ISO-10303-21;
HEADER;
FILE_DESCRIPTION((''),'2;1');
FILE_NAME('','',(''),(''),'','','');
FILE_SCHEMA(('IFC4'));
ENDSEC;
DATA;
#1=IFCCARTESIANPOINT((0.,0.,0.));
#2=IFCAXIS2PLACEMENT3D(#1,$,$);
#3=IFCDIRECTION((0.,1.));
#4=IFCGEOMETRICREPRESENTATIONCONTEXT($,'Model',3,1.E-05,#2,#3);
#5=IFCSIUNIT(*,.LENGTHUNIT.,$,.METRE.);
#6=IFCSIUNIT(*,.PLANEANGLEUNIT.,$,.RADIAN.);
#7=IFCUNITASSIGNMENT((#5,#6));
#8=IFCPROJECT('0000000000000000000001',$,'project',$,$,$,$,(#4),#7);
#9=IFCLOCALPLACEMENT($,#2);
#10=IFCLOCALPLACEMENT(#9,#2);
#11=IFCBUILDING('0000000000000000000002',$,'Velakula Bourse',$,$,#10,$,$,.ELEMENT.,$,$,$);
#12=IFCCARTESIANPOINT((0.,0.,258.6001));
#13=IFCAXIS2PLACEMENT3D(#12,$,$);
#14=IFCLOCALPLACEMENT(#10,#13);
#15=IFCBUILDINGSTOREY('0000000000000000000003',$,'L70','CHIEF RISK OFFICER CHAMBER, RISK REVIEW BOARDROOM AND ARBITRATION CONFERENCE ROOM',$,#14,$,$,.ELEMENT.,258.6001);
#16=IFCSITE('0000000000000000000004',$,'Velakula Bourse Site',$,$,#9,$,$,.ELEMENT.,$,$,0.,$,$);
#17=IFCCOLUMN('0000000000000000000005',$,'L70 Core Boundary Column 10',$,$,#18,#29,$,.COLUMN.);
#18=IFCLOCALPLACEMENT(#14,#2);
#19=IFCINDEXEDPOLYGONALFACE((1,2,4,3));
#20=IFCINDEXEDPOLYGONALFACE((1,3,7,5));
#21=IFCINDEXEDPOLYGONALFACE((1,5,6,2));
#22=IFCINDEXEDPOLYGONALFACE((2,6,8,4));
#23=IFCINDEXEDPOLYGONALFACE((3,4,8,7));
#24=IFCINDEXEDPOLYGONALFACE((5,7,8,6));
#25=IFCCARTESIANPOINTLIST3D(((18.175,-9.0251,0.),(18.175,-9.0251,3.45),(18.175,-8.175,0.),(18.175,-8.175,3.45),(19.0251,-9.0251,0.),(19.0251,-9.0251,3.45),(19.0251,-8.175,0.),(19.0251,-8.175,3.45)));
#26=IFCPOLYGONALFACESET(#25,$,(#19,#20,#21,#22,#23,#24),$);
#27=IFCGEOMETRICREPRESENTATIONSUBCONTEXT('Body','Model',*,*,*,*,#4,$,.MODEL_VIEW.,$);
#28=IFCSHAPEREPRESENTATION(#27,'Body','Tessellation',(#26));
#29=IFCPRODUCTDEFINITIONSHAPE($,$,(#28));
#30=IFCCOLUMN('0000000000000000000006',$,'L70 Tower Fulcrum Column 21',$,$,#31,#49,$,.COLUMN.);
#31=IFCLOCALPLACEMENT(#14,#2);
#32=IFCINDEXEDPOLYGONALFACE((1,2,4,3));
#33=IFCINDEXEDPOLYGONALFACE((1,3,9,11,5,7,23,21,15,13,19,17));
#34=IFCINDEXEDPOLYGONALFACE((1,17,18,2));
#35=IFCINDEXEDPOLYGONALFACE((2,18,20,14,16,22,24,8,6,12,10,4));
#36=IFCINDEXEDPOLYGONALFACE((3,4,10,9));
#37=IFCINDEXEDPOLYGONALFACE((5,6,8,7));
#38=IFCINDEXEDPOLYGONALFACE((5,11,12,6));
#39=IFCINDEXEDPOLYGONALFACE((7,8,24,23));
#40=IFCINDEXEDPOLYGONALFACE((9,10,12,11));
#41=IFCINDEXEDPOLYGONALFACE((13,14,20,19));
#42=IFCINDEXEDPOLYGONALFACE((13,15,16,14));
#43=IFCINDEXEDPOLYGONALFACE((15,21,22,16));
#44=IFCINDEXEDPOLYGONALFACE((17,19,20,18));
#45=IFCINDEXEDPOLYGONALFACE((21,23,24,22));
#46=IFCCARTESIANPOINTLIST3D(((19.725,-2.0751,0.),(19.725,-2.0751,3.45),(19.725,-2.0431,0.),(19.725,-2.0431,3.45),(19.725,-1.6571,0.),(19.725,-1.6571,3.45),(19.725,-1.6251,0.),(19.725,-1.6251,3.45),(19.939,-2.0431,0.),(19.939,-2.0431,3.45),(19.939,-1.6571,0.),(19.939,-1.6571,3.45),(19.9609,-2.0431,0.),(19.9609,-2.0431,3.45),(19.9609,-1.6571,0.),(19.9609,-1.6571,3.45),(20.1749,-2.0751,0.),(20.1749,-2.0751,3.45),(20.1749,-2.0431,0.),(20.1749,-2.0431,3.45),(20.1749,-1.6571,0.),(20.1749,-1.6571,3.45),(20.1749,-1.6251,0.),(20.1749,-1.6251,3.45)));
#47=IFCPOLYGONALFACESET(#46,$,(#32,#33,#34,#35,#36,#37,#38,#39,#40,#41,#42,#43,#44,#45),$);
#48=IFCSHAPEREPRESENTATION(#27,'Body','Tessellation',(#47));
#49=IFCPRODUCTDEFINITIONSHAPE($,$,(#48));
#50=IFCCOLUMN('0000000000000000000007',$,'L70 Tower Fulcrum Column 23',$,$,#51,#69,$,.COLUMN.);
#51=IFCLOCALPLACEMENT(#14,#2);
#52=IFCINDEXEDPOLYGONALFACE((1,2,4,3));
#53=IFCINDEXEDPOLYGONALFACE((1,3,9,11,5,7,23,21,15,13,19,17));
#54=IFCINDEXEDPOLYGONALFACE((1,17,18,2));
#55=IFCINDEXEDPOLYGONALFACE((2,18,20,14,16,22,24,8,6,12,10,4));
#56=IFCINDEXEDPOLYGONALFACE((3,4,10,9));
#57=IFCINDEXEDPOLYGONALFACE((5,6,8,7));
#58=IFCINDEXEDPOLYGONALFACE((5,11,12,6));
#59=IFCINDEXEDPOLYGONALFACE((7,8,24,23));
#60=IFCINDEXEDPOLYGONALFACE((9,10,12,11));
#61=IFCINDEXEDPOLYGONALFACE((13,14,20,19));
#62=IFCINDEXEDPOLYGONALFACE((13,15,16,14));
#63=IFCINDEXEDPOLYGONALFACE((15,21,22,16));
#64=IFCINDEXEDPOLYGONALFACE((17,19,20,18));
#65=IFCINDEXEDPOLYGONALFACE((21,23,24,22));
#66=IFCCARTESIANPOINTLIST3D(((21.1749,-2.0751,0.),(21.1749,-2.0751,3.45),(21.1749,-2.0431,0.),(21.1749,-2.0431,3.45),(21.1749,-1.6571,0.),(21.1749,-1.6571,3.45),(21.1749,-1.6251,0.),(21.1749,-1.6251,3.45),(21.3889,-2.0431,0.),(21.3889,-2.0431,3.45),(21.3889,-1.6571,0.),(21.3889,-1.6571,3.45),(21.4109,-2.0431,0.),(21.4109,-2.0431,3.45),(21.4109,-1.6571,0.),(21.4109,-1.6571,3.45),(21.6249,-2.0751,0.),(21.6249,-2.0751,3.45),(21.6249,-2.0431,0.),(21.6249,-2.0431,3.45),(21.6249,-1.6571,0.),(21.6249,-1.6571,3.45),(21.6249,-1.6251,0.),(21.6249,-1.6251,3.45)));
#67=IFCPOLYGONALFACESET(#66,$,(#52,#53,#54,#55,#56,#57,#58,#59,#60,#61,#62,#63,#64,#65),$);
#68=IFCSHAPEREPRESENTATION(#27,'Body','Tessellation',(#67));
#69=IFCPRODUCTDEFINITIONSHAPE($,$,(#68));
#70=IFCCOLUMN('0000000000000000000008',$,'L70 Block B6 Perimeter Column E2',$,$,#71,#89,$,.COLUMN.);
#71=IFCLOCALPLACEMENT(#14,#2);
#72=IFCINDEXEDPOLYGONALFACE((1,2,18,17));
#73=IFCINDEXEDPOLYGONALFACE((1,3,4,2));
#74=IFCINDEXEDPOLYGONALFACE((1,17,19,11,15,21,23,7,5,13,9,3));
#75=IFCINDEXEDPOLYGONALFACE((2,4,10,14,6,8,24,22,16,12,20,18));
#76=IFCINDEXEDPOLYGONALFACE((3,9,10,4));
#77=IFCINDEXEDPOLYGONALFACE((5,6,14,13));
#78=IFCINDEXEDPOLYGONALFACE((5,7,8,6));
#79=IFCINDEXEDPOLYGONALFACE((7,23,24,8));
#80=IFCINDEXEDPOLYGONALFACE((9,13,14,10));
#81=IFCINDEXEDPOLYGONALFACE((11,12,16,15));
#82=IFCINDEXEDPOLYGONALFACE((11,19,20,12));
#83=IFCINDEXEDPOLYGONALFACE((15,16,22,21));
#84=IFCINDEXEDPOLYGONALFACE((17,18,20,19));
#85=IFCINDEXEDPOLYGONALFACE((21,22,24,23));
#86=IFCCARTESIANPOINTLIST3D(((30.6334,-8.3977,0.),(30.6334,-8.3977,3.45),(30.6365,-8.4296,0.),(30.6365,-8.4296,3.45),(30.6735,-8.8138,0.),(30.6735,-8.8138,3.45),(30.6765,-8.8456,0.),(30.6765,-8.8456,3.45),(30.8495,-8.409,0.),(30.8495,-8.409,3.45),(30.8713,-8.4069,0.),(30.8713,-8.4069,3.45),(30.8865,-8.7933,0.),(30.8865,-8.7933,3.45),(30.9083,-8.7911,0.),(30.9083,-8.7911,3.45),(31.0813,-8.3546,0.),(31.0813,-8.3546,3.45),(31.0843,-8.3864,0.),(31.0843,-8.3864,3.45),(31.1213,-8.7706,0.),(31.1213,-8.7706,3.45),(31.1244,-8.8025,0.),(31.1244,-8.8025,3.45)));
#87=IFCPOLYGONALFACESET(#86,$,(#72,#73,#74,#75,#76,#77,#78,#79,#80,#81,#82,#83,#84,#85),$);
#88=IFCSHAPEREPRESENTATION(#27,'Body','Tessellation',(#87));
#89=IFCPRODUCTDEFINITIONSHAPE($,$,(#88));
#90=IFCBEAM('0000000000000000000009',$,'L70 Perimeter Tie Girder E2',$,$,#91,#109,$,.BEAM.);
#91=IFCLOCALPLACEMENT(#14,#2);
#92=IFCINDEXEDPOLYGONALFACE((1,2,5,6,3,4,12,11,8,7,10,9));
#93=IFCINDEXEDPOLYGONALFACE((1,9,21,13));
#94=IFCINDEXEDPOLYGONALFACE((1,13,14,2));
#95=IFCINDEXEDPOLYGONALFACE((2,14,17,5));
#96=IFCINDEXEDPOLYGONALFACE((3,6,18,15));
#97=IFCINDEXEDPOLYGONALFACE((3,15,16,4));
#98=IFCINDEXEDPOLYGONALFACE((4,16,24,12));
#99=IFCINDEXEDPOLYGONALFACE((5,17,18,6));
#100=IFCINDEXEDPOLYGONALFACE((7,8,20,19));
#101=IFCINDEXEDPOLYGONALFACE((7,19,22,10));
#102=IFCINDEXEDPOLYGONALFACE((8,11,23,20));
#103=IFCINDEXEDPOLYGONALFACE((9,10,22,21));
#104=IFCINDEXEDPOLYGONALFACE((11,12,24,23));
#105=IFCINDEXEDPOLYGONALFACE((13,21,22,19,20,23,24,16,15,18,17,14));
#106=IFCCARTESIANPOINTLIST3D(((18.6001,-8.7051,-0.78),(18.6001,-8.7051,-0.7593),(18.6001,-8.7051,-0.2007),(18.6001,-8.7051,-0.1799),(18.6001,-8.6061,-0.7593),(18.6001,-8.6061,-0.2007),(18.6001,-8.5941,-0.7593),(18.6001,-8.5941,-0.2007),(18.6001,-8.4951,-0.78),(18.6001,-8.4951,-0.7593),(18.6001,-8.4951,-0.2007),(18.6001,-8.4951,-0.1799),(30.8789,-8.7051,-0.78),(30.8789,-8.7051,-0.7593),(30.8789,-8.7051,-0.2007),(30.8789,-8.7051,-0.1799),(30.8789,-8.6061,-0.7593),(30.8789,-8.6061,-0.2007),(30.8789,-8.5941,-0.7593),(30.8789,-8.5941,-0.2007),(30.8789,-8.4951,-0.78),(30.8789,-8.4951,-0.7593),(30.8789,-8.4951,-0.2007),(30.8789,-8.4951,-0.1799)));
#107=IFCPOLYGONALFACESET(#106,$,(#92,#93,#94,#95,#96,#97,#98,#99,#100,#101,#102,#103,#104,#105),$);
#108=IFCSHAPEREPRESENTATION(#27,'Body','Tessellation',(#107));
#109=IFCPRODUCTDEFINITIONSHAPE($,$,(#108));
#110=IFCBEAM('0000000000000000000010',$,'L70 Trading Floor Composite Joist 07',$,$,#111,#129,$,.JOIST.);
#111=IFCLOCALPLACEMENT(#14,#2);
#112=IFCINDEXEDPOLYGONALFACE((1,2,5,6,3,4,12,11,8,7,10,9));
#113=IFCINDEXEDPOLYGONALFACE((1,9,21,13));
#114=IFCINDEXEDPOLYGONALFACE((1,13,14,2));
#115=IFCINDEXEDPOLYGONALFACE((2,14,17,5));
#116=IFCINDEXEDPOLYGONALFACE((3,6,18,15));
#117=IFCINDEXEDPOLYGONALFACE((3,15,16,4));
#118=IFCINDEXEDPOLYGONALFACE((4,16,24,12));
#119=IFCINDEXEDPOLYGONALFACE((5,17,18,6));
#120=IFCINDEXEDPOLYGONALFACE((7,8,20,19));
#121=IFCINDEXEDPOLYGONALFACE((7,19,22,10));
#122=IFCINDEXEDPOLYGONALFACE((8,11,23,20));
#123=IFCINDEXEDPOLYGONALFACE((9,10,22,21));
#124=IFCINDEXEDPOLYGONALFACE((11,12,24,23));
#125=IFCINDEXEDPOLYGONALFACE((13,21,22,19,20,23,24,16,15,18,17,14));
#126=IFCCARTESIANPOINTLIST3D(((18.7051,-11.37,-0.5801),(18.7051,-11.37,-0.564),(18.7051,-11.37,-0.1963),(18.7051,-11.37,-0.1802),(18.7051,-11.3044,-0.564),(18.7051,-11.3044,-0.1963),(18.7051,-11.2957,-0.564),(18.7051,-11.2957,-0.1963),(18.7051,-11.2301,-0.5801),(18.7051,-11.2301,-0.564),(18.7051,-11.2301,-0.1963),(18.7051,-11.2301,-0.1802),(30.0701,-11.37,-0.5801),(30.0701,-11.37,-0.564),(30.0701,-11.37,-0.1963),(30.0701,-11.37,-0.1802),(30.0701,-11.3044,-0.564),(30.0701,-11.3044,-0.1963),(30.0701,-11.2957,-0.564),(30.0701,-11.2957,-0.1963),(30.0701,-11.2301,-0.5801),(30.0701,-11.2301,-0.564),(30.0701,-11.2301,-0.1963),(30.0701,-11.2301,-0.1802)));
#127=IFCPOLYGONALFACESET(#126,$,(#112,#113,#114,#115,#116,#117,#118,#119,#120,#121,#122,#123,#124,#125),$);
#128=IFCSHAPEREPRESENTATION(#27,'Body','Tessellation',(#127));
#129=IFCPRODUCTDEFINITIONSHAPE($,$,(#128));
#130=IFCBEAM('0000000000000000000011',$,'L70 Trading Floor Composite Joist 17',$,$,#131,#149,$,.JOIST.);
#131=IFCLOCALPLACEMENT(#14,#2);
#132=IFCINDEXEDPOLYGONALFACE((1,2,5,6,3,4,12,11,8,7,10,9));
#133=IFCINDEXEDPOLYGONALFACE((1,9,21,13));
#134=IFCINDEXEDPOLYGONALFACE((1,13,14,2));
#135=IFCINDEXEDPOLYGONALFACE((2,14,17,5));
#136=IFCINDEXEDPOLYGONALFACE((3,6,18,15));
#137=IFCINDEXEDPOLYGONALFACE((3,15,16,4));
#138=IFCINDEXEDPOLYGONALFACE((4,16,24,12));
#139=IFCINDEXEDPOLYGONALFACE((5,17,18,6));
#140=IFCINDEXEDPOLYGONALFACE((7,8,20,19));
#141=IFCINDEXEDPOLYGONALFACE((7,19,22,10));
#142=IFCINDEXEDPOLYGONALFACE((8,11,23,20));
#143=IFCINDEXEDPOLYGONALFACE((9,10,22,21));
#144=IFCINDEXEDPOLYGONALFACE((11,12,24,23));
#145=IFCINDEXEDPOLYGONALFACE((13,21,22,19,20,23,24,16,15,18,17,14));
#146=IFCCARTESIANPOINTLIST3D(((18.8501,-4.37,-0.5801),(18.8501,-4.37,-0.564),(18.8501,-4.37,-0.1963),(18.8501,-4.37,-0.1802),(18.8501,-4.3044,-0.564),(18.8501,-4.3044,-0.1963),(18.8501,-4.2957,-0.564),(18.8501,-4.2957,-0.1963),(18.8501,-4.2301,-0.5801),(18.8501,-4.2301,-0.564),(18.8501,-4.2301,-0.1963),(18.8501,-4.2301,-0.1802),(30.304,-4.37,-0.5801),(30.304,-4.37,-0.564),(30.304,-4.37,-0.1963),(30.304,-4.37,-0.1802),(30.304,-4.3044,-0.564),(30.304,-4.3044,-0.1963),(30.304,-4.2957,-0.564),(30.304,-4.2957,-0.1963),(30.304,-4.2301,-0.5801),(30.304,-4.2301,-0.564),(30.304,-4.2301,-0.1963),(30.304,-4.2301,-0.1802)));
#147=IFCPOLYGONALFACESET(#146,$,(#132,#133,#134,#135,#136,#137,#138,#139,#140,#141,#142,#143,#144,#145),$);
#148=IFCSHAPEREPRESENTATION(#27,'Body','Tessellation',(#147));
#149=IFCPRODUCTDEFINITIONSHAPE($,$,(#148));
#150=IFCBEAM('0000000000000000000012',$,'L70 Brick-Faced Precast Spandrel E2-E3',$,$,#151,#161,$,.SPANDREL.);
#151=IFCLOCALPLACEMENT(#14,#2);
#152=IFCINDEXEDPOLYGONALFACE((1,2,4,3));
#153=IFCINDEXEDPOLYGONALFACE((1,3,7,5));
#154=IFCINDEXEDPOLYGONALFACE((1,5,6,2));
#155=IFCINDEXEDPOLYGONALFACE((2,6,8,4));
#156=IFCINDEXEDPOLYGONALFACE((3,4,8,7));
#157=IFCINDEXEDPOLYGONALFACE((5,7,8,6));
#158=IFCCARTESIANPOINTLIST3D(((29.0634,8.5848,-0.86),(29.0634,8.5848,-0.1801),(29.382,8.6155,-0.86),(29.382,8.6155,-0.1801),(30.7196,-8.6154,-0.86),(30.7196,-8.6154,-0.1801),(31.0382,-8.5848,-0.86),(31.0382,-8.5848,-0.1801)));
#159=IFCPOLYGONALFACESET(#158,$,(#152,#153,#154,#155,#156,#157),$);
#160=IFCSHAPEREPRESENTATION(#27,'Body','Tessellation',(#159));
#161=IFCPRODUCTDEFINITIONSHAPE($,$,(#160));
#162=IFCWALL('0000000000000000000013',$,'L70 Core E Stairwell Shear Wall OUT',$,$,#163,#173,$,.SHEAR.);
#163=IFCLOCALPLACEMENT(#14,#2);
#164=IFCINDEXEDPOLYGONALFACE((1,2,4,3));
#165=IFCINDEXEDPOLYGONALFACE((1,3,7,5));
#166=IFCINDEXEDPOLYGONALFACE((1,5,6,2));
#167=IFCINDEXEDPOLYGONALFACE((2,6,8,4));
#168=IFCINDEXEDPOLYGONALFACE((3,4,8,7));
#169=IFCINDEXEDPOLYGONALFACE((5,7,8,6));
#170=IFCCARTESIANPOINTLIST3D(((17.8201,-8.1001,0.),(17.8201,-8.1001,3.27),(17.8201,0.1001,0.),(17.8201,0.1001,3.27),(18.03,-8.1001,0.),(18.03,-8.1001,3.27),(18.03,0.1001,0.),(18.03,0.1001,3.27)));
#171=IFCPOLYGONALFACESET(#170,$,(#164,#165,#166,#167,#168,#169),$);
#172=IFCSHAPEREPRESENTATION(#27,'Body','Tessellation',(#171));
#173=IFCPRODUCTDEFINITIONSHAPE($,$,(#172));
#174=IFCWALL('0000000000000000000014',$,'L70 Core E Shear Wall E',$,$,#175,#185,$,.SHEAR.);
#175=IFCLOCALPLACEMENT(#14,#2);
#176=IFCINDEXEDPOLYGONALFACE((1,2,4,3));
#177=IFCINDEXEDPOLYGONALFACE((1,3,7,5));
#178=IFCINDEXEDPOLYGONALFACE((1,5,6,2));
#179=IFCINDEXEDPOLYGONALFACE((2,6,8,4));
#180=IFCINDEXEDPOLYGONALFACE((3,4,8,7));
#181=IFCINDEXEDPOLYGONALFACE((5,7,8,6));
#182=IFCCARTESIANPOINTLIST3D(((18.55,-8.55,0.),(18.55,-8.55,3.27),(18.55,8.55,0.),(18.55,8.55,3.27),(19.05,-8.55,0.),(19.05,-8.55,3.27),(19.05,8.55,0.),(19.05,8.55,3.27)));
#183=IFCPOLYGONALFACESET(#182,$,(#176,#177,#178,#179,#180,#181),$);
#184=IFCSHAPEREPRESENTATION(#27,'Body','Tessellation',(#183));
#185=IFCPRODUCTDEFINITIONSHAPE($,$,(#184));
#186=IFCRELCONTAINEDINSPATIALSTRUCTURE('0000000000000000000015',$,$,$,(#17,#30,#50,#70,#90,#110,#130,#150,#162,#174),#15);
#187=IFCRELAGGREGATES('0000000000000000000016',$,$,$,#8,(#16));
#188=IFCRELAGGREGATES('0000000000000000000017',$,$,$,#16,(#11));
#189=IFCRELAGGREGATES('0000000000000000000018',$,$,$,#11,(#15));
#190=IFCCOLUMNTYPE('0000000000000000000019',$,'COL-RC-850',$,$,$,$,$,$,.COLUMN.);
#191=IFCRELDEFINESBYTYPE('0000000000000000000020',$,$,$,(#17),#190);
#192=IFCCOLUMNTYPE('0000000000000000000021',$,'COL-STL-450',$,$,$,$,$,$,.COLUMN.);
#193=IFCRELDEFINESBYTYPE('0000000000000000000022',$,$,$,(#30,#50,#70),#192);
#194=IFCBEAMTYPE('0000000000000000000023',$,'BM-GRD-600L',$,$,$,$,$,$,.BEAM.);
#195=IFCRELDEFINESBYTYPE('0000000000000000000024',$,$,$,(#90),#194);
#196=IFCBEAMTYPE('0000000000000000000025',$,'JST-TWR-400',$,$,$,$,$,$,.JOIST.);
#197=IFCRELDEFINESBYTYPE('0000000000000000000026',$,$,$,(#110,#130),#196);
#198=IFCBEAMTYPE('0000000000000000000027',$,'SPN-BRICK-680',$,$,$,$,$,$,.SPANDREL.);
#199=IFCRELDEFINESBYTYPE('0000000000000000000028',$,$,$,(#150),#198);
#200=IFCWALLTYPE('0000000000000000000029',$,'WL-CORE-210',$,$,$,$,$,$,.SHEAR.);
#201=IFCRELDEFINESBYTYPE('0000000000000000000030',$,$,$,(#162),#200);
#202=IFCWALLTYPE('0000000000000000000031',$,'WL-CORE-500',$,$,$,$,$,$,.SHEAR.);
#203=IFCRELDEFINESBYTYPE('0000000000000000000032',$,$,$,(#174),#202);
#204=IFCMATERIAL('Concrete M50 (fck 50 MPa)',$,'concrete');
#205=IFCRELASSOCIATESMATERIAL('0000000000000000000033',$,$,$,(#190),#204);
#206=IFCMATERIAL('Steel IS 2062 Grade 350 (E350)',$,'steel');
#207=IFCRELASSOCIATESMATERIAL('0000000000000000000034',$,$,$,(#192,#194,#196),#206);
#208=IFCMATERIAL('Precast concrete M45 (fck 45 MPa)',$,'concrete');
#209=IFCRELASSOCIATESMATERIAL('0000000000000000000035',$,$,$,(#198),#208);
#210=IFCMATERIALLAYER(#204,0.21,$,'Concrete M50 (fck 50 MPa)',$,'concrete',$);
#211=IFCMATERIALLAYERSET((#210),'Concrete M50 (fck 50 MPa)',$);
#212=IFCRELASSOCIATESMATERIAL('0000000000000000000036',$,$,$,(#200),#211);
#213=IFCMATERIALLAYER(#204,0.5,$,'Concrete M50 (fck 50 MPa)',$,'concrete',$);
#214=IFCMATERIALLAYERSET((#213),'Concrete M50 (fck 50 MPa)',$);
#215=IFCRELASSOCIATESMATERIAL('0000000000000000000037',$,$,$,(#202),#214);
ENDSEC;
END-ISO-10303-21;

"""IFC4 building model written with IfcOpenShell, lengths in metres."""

from ifc_helpers import new_model, si_unit, direction, frame, frame_2d, origin, origin_2d, place, context, subcontext, project, spatial, rectangle, i_section, extrude, material, layer, layer_set, material_profile, profile_set, type_object, element, save


model = new_model("IFC4")

# Units and contexts
model_context = context("Model", 3, precision=1e-05, world=origin(), true_north=direction((0.0, 1.0)))
body_context = subcontext(model_context, "Body", "Model", "MODEL_VIEW")
ifc_project = project(units=[si_unit("LENGTHUNIT", "METRE"), si_unit("PLANEANGLEUNIT", "RADIAN")], contexts=[model_context])

# Site, building, storey
site_placement = place(None, origin())
site = spatial("IfcSite", under=ifc_project, at=site_placement, Name="Velakula Bourse Site", CompositionType="ELEMENT", RefElevation=0.0)
building_placement = place(site_placement, origin())
building = spatial("IfcBuilding", under=site, at=building_placement, Name="Velakula Bourse", CompositionType="ELEMENT")
storey_placement = place(building_placement, frame((0.0, 0.0, 258.6001)))
storey = spatial("IfcBuildingStorey", under=building, at=storey_placement, Name="L70", Description="CHIEF RISK OFFICER CHAMBER, RISK REVIEW BOARDROOM AND ARBITRATION CONFERENCE ROOM", CompositionType="ELEMENT", Elevation=258.6001)

# Columns
ifc_material_1 = material(Name="Concrete M50 (fck 50 MPa)", Category="concrete")
ifc_material_profile_1 = material_profile(ifc_material_1, rectangle(XDim=0.8501, YDim=0.8501, at=origin_2d()), Name="Concrete M50 (fck 50 MPa)")
ifc_profile_set_1 = profile_set([ifc_material_profile_1], Name="Concrete M50 (fck 50 MPa)")
column_type_1 = type_object("IfcColumnType", Name="COL-RC-850", PredefinedType="COLUMN", material=ifc_profile_set_1)
column_placement = place(storey_placement, frame((18.6001, -8.6001, 0.0), z_axis=(0.0, 0.0, 1.0), x_axis=(1.0, 0.0, 0.0)))
element("IfcColumn", 1, at=column_placement, inside=storey, type_object=column_type_1, Name="L70 Core Boundary Column 10", PredefinedType="COLUMN", context=body_context, shape_type="SweptSolid", body=[
    extrude(rectangle(XDim=0.8501, YDim=0.8501, at=origin_2d()), origin(), (0.0, 0.0, 1.0), 3.45),
])
ifc_material_2 = material(Name="Steel IS 2062 Grade 350 (E350)", Category="steel")
ifc_material_profile_2 = material_profile(ifc_material_2, i_section(OverallWidth=0.45, OverallDepth=0.45, WebThickness=0.022, FlangeThickness=0.032, at=origin_2d()), Name="Steel IS 2062 Grade 350 (E350)")
ifc_profile_set_2 = profile_set([ifc_material_profile_2], Name="Steel IS 2062 Grade 350 (E350)")
column_type_2 = type_object("IfcColumnType", Name="COL-STL-450", PredefinedType="COLUMN", material=ifc_profile_set_2)
for number, where, z_axis, x_axis, name in (
    (2, (19.95, -1.8501, 0.0), (0.0, 0.0, 1.0), (1.0, 0.0, 0.0), "L70 Tower Fulcrum Column 21"),
    (3, (21.3999, -1.8501, 0.0), (0.0, 0.0, 1.0), (1.0, 0.0, 0.0), "L70 Tower Fulcrum Column 23"),
    (4, (30.8789, -8.6001, 0.0), (0.0, 0.0, 1.0), (0.995396, 0.095846, 0.0), "L70 Block B6 Perimeter Column E2"),
):
    element("IfcColumn", number, at=place(storey_placement, frame(where, z_axis=z_axis, x_axis=x_axis)), inside=storey, type_object=column_type_2, Name=name, PredefinedType="COLUMN", context=body_context, shape_type="SweptSolid", body=[
        extrude(i_section(OverallWidth=0.45, OverallDepth=0.45, WebThickness=0.022, FlangeThickness=0.032, at=origin_2d()), origin(), (0.0, 0.0, 1.0), 3.45),
    ])

# Beams
ifc_material_profile_3 = material_profile(ifc_material_2, i_section(OverallWidth=0.21, OverallDepth=0.6001, WebThickness=0.012, FlangeThickness=0.0208, at=origin_2d()), Name="Steel IS 2062 Grade 350 (E350)")
ifc_profile_set_3 = profile_set([ifc_material_profile_3], Name="Steel IS 2062 Grade 350 (E350)")
beam_type_1 = type_object("IfcBeamType", Name="BM-GRD-600L", PredefinedType="BEAM", material=ifc_profile_set_3)
beam_1_placement = place(storey_placement, frame((18.6001, -8.6001, -0.48), z_axis=(1.0, 0.0, 0.0), x_axis=(0.0, 1.0, 0.0)))
element("IfcBeam", 5, at=beam_1_placement, inside=storey, type_object=beam_type_1, Name="L70 Perimeter Tie Girder E2", PredefinedType="BEAM", context=body_context, shape_type="SweptSolid", body=[
    extrude(i_section(OverallWidth=0.21, OverallDepth=0.6001, WebThickness=0.012, FlangeThickness=0.0208, at=origin_2d()), origin(), (0.0, 0.0, 1.0), 12.2788),
])
ifc_material_profile_4 = material_profile(ifc_material_2, i_section(OverallWidth=0.1399, OverallDepth=0.3999, WebThickness=0.0088, FlangeThickness=0.0161, at=origin_2d()), Name="Steel IS 2062 Grade 350 (E350)")
ifc_profile_set_4 = profile_set([ifc_material_profile_4], Name="Steel IS 2062 Grade 350 (E350)")
beam_type_2 = type_object("IfcBeamType", Name="JST-TWR-400", PredefinedType="JOIST", material=ifc_profile_set_4)
beam_2_placement = place(storey_placement, frame((18.7051, -11.3, -0.3801), z_axis=(1.0, 0.0, 0.0), x_axis=(0.0, 1.0, 0.0)))
element("IfcBeam", 6, at=beam_2_placement, inside=storey, type_object=beam_type_2, Name="L70 Trading Floor Composite Joist 07", PredefinedType="JOIST", context=body_context, shape_type="SweptSolid", body=[
    extrude(i_section(OverallWidth=0.1399, OverallDepth=0.3999, WebThickness=0.0088, FlangeThickness=0.0161, at=origin_2d()), origin(), (0.0, 0.0, 1.0), 11.365),
])
beam_3_placement = place(storey_placement, frame((18.8501, -4.3, -0.3801), z_axis=(1.0, 0.0, 0.0), x_axis=(0.0, 1.0, 0.0)))
element("IfcBeam", 7, at=beam_3_placement, inside=storey, type_object=beam_type_2, Name="L70 Trading Floor Composite Joist 17", PredefinedType="JOIST", context=body_context, shape_type="SweptSolid", body=[
    extrude(i_section(OverallWidth=0.1399, OverallDepth=0.3999, WebThickness=0.0088, FlangeThickness=0.0161, at=origin_2d()), origin(), (0.0, 0.0, 1.0), 11.4539),
])
ifc_material_3 = material(Name="Precast concrete M45 (fck 45 MPa)", Category="concrete")
ifc_material_profile_5 = material_profile(ifc_material_3, rectangle(XDim=0.3201, YDim=0.6799, at=origin_2d()), Name="Precast concrete M45 (fck 45 MPa)")
ifc_profile_set_5 = profile_set([ifc_material_profile_5], Name="Precast concrete M45 (fck 45 MPa)")
beam_type_3 = type_object("IfcBeamType", Name="SPN-BRICK-680", PredefinedType="SPANDREL", material=ifc_profile_set_5)
beam_4_placement = place(storey_placement, frame((30.8789, -8.6001, -0.52), z_axis=(-0.095849, 0.995396, 0.0), x_axis=(-0.995396, -0.095849, 0.0)))
element("IfcBeam", 8, at=beam_4_placement, inside=storey, type_object=beam_type_3, Name="L70 Brick-Faced Precast Spandrel E2-E3", PredefinedType="SPANDREL", context=body_context, shape_type="SweptSolid", body=[
    extrude(rectangle(XDim=0.3201, YDim=0.6799, at=origin_2d()), origin(), (0.0, 0.0, 1.0), 17.2798),
])

# Walls
ifc_layer_1 = layer(ifc_material_1, 0.21, Name="Concrete M50 (fck 50 MPa)", Category="concrete")
ifc_layer_set_1 = layer_set([ifc_layer_1], Name="Concrete M50 (fck 50 MPa)")
wall_type_1 = type_object("IfcWallType", Name="WL-CORE-210", PredefinedType="SHEAR", material=ifc_layer_set_1)
wall_1_placement = place(storey_placement, frame((17.925, -8.1001, 0.0), z_axis=(0.0, 0.0, 1.0), x_axis=(0.0, 1.0, 0.0)))
element("IfcWall", 9, at=wall_1_placement, inside=storey, type_object=wall_type_1, Name="L70 Core E Stairwell Shear Wall OUT", PredefinedType="SHEAR", context=body_context, shape_type="SweptSolid", body=[
    extrude(rectangle(XDim=8.2002, YDim=0.21, at=frame_2d((4.1001, 0.0))), origin(), (0.0, 0.0, 1.0), 3.27),
])
ifc_layer_2 = layer(ifc_material_1, 0.5, Name="Concrete M50 (fck 50 MPa)", Category="concrete")
ifc_layer_set_2 = layer_set([ifc_layer_2], Name="Concrete M50 (fck 50 MPa)")
wall_type_2 = type_object("IfcWallType", Name="WL-CORE-500", PredefinedType="SHEAR", material=ifc_layer_set_2)
wall_2_placement = place(storey_placement, frame((18.8, -8.55, 0.0), z_axis=(0.0, 0.0, 1.0), x_axis=(0.0, 1.0, 0.0)))
element("IfcWall", 10, at=wall_2_placement, inside=storey, type_object=wall_type_2, Name="L70 Core E Shear Wall E", PredefinedType="SHEAR", context=body_context, shape_type="SweptSolid", body=[
    extrude(rectangle(XDim=17.1001, YDim=0.5, at=frame_2d((8.55, 0.0))), origin(), (0.0, 0.0, 1.0), 3.27),
])

save(model, "model.ifc")
